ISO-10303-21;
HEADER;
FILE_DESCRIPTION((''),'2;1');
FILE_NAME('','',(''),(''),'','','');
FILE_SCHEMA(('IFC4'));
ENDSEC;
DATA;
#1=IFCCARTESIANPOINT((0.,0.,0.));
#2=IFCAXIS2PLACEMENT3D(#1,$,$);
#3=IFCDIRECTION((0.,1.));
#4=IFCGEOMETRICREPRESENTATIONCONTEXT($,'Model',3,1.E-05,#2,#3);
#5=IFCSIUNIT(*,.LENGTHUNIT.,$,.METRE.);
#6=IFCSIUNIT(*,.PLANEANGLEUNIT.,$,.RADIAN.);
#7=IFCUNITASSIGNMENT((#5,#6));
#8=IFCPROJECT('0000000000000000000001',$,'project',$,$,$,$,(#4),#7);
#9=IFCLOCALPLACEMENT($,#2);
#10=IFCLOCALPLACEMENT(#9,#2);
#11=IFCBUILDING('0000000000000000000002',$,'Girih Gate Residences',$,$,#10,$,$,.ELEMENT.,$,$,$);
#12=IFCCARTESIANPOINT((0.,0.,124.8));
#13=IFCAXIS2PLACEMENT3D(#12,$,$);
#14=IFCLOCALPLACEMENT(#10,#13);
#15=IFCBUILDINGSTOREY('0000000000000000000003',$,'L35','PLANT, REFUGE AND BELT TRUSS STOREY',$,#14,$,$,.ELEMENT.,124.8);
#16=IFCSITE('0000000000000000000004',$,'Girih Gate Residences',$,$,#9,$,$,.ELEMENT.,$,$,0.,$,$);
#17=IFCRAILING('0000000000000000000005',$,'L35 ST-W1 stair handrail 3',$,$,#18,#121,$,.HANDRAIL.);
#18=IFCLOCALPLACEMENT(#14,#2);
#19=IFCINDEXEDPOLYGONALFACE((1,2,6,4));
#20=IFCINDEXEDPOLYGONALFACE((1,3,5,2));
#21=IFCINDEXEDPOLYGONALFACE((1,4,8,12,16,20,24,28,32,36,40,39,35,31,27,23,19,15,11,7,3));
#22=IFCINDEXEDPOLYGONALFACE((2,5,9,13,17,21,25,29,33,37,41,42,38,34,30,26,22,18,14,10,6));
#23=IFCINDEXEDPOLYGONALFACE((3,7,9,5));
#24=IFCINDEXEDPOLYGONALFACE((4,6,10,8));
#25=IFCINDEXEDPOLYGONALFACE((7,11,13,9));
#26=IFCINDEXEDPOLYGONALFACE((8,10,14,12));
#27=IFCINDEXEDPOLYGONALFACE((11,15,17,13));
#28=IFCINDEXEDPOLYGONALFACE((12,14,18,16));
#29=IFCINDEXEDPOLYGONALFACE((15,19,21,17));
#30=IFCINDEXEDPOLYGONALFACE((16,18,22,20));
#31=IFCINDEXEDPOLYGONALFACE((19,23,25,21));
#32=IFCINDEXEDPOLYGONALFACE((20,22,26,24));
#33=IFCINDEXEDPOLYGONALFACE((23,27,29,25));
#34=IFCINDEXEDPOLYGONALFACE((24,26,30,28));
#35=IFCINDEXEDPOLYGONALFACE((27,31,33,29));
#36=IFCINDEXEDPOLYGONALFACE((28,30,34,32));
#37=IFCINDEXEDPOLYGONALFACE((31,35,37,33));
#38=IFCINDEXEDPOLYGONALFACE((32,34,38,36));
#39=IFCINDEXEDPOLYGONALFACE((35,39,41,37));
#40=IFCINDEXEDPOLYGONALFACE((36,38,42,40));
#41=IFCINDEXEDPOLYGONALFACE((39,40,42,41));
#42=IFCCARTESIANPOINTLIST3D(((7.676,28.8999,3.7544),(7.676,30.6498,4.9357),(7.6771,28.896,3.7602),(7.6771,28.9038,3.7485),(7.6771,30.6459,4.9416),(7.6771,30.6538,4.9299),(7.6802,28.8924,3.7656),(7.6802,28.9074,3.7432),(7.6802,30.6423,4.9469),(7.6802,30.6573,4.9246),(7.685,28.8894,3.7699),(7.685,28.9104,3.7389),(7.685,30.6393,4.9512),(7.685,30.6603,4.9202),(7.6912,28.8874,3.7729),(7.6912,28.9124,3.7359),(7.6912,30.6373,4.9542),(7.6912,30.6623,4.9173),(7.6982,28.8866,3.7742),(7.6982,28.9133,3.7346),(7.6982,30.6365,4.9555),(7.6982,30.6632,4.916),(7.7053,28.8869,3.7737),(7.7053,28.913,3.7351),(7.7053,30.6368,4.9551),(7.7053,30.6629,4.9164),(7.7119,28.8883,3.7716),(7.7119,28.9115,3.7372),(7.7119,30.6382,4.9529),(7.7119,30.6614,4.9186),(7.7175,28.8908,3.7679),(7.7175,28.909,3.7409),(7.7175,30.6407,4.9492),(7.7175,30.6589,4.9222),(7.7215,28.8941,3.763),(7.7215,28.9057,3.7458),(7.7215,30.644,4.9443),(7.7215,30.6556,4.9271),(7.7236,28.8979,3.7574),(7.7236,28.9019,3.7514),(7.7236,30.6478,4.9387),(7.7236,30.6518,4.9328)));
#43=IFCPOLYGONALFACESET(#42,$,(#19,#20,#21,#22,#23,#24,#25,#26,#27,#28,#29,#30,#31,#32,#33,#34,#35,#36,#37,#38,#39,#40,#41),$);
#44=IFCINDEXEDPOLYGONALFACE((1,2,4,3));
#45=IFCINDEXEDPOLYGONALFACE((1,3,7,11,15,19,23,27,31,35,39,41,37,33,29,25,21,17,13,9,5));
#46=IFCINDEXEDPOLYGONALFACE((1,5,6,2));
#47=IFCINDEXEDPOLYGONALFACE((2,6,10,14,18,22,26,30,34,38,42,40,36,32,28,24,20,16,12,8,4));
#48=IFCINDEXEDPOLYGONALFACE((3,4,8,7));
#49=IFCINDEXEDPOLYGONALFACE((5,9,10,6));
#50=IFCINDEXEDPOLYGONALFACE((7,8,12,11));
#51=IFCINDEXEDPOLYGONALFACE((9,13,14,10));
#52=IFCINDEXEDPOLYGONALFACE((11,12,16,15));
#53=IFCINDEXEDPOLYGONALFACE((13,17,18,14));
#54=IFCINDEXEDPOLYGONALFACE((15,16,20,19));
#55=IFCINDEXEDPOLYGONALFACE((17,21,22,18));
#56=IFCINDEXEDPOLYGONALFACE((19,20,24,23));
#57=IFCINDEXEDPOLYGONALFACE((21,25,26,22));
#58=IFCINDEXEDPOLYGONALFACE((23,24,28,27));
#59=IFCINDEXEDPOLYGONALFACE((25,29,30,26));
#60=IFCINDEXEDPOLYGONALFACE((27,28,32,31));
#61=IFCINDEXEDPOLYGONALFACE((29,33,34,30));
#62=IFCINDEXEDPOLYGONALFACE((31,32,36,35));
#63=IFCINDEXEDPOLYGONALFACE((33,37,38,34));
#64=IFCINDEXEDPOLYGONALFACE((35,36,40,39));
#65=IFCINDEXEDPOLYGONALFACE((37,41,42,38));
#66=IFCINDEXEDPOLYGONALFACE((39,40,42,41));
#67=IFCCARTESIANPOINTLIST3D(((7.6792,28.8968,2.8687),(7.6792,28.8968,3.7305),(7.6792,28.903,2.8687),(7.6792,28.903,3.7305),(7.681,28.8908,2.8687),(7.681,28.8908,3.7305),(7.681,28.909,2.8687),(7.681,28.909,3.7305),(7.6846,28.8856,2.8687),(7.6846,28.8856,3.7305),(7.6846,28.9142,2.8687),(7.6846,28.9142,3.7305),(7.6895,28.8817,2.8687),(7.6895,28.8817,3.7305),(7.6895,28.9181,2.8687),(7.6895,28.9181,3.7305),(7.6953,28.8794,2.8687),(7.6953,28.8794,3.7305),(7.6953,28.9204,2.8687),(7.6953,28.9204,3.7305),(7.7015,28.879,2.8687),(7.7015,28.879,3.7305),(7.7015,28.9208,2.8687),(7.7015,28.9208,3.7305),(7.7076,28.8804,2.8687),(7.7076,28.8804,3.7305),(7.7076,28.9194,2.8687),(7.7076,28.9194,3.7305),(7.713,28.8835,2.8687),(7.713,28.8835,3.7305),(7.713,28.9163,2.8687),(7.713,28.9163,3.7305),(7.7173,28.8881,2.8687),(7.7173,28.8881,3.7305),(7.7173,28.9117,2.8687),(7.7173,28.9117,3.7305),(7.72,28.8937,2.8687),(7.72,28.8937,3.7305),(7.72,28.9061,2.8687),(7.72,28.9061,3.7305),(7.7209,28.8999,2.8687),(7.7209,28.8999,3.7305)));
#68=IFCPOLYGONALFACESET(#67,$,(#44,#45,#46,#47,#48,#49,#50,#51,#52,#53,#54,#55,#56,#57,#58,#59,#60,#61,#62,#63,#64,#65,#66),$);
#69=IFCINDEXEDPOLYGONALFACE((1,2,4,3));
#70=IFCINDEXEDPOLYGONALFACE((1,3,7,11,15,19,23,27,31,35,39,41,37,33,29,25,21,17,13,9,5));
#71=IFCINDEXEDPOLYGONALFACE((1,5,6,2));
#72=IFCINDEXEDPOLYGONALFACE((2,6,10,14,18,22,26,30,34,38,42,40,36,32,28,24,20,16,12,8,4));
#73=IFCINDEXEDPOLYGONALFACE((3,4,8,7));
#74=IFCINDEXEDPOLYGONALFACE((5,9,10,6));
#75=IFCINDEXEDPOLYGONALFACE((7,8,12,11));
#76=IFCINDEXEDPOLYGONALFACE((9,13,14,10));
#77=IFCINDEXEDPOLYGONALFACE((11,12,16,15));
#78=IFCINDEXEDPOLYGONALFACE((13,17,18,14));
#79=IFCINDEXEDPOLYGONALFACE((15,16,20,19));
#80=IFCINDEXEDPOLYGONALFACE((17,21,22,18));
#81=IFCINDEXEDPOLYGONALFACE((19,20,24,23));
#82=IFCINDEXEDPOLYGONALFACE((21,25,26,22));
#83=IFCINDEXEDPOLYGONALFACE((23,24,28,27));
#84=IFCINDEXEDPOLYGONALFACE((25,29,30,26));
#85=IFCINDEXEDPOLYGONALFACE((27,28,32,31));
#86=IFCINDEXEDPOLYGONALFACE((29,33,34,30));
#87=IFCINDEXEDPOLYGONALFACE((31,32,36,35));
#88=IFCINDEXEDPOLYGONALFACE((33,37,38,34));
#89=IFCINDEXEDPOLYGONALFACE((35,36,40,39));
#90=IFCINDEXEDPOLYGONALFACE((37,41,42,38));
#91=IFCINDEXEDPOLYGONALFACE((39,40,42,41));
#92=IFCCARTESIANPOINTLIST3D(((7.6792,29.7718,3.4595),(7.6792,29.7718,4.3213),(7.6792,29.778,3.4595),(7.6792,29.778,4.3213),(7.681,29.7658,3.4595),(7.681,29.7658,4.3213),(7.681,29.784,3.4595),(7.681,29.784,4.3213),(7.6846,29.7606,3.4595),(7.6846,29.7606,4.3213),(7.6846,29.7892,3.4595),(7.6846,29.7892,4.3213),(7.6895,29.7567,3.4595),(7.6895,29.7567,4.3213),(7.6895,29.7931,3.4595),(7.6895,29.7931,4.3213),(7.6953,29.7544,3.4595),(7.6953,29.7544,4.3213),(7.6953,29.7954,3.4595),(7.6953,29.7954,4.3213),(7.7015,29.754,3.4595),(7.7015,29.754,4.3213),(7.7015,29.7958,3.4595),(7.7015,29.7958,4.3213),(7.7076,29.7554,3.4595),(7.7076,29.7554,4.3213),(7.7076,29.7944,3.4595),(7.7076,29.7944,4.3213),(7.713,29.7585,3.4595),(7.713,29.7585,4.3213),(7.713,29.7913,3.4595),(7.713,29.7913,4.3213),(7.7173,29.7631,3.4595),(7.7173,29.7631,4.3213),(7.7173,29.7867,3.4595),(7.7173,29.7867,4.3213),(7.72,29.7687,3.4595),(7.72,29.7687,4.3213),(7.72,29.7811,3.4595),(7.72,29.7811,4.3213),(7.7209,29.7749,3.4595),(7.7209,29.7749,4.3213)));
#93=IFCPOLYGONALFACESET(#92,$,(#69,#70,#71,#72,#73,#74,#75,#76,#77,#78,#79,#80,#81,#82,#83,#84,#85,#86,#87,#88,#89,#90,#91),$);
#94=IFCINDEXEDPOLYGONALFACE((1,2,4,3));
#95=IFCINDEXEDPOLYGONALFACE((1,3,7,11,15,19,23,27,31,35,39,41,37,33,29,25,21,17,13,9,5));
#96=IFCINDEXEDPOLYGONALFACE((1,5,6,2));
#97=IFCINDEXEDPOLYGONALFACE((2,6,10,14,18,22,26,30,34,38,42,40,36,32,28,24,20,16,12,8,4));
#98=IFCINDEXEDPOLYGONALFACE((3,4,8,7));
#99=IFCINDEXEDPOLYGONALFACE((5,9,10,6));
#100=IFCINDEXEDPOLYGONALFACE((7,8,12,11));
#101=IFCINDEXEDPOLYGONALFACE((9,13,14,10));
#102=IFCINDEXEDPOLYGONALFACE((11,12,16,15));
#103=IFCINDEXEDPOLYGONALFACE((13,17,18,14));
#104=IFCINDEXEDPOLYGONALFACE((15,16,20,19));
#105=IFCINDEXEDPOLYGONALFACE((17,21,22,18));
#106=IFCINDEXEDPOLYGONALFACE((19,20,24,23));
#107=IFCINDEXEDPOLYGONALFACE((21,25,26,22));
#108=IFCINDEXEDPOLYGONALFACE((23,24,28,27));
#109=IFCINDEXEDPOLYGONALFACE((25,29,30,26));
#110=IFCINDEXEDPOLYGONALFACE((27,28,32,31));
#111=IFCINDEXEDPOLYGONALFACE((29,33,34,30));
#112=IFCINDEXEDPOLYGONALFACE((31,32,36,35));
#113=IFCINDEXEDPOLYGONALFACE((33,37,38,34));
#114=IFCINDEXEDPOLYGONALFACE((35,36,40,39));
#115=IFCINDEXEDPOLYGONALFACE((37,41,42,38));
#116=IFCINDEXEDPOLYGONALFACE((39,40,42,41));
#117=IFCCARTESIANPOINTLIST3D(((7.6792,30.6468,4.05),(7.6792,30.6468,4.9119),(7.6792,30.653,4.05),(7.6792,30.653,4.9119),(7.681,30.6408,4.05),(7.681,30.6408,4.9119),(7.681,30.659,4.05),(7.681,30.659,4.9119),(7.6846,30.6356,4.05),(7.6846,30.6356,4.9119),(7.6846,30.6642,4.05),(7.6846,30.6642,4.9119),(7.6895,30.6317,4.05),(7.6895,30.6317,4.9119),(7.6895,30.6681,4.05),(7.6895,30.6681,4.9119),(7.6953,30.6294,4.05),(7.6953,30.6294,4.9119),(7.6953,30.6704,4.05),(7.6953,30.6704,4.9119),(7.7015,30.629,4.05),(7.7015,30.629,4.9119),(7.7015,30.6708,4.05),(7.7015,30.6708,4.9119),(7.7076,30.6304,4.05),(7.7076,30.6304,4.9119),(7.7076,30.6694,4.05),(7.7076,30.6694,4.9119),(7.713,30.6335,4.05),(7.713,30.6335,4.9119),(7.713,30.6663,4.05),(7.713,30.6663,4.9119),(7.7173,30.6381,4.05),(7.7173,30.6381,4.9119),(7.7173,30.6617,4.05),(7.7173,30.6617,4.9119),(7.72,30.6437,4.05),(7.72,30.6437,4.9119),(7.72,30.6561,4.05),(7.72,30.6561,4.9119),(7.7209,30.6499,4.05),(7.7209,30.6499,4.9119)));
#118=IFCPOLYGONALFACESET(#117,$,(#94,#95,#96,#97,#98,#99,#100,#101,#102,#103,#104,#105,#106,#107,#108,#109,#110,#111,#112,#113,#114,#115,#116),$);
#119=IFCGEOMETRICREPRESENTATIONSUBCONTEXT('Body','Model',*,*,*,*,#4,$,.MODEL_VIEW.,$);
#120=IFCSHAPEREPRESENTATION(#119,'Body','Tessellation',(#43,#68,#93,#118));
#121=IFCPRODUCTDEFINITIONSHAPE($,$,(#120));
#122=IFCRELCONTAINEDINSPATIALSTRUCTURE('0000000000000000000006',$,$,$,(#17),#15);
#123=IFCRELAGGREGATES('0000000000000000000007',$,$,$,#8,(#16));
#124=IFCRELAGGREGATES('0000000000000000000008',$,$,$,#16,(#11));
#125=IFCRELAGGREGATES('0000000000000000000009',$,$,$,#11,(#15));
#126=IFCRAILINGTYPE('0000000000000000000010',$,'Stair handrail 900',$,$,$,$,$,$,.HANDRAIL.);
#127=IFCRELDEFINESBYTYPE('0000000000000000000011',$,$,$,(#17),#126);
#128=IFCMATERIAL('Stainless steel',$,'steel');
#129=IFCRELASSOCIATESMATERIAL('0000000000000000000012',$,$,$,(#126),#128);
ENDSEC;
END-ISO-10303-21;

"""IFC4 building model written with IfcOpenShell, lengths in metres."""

from ifc_helpers import new_model, si_unit, direction, frame, origin, origin_2d, place, context, subcontext, project, spatial, circle, extrude, material, type_object, element, save


model = new_model("IFC4")

# Units and contexts
model_context = context("Model", 3, precision=1e-05, world=origin(), true_north=direction((0.0, 1.0)))
body_context = subcontext(model_context, "Body", "Model", "MODEL_VIEW")
ifc_project = project(units=[si_unit("LENGTHUNIT", "METRE"), si_unit("PLANEANGLEUNIT", "RADIAN")], contexts=[model_context])

# Site, building, storey
site_placement = place(None, origin())
site = spatial("IfcSite", under=ifc_project, at=site_placement, Name="Girih Gate Residences", CompositionType="ELEMENT", RefElevation=0.0)
building_placement = place(site_placement, origin())
building = spatial("IfcBuilding", under=site, at=building_placement, Name="Girih Gate Residences", CompositionType="ELEMENT")
storey_placement = place(building_placement, frame((0.0, 0.0, 124.8)))
storey = spatial("IfcBuildingStorey", under=building, at=storey_placement, Name="L35", Description="PLANT, REFUGE AND BELT TRUSS STOREY", CompositionType="ELEMENT", Elevation=124.8)

# Railing
ifc_material_1 = material(Name="Stainless steel", Category="steel")
railing_type_1 = type_object("IfcRailingType", Name="Stair handrail 900", PredefinedType="HANDRAIL", material=ifc_material_1)
railing_1_placement = place(storey_placement, frame((7.7, 28.8999, 2.8687)))
element("IfcRailing", 1, at=railing_1_placement, inside=storey, type_object=railing_type_1, Name="L35 ST-W1 stair handrail 3", PredefinedType="HANDRAIL", context=body_context, shape_type="SweptSolid", body=[
    extrude(circle(Radius=0.0239, at=origin_2d()), frame((0.0, 0.0, 0.8857), z_axis=(0.0, 0.828817, 0.559521), x_axis=(-1.0, 0.0, 0.0)), (0.0, 0.0, 1.0), 2.1113),
    extrude(circle(Radius=0.021, at=origin_2d()), origin(), (0.0, 0.0, 1.0), 0.8618),
    extrude(circle(Radius=0.021, at=origin_2d()), frame((0.0, 0.875, 0.5908)), (0.0, 0.0, 1.0), 0.8618),
    extrude(circle(Radius=0.021, at=origin_2d()), frame((0.0, 1.75, 1.1814)), (0.0, 0.0, 1.0), 0.8618),
])

save(model, "model.ifc")
